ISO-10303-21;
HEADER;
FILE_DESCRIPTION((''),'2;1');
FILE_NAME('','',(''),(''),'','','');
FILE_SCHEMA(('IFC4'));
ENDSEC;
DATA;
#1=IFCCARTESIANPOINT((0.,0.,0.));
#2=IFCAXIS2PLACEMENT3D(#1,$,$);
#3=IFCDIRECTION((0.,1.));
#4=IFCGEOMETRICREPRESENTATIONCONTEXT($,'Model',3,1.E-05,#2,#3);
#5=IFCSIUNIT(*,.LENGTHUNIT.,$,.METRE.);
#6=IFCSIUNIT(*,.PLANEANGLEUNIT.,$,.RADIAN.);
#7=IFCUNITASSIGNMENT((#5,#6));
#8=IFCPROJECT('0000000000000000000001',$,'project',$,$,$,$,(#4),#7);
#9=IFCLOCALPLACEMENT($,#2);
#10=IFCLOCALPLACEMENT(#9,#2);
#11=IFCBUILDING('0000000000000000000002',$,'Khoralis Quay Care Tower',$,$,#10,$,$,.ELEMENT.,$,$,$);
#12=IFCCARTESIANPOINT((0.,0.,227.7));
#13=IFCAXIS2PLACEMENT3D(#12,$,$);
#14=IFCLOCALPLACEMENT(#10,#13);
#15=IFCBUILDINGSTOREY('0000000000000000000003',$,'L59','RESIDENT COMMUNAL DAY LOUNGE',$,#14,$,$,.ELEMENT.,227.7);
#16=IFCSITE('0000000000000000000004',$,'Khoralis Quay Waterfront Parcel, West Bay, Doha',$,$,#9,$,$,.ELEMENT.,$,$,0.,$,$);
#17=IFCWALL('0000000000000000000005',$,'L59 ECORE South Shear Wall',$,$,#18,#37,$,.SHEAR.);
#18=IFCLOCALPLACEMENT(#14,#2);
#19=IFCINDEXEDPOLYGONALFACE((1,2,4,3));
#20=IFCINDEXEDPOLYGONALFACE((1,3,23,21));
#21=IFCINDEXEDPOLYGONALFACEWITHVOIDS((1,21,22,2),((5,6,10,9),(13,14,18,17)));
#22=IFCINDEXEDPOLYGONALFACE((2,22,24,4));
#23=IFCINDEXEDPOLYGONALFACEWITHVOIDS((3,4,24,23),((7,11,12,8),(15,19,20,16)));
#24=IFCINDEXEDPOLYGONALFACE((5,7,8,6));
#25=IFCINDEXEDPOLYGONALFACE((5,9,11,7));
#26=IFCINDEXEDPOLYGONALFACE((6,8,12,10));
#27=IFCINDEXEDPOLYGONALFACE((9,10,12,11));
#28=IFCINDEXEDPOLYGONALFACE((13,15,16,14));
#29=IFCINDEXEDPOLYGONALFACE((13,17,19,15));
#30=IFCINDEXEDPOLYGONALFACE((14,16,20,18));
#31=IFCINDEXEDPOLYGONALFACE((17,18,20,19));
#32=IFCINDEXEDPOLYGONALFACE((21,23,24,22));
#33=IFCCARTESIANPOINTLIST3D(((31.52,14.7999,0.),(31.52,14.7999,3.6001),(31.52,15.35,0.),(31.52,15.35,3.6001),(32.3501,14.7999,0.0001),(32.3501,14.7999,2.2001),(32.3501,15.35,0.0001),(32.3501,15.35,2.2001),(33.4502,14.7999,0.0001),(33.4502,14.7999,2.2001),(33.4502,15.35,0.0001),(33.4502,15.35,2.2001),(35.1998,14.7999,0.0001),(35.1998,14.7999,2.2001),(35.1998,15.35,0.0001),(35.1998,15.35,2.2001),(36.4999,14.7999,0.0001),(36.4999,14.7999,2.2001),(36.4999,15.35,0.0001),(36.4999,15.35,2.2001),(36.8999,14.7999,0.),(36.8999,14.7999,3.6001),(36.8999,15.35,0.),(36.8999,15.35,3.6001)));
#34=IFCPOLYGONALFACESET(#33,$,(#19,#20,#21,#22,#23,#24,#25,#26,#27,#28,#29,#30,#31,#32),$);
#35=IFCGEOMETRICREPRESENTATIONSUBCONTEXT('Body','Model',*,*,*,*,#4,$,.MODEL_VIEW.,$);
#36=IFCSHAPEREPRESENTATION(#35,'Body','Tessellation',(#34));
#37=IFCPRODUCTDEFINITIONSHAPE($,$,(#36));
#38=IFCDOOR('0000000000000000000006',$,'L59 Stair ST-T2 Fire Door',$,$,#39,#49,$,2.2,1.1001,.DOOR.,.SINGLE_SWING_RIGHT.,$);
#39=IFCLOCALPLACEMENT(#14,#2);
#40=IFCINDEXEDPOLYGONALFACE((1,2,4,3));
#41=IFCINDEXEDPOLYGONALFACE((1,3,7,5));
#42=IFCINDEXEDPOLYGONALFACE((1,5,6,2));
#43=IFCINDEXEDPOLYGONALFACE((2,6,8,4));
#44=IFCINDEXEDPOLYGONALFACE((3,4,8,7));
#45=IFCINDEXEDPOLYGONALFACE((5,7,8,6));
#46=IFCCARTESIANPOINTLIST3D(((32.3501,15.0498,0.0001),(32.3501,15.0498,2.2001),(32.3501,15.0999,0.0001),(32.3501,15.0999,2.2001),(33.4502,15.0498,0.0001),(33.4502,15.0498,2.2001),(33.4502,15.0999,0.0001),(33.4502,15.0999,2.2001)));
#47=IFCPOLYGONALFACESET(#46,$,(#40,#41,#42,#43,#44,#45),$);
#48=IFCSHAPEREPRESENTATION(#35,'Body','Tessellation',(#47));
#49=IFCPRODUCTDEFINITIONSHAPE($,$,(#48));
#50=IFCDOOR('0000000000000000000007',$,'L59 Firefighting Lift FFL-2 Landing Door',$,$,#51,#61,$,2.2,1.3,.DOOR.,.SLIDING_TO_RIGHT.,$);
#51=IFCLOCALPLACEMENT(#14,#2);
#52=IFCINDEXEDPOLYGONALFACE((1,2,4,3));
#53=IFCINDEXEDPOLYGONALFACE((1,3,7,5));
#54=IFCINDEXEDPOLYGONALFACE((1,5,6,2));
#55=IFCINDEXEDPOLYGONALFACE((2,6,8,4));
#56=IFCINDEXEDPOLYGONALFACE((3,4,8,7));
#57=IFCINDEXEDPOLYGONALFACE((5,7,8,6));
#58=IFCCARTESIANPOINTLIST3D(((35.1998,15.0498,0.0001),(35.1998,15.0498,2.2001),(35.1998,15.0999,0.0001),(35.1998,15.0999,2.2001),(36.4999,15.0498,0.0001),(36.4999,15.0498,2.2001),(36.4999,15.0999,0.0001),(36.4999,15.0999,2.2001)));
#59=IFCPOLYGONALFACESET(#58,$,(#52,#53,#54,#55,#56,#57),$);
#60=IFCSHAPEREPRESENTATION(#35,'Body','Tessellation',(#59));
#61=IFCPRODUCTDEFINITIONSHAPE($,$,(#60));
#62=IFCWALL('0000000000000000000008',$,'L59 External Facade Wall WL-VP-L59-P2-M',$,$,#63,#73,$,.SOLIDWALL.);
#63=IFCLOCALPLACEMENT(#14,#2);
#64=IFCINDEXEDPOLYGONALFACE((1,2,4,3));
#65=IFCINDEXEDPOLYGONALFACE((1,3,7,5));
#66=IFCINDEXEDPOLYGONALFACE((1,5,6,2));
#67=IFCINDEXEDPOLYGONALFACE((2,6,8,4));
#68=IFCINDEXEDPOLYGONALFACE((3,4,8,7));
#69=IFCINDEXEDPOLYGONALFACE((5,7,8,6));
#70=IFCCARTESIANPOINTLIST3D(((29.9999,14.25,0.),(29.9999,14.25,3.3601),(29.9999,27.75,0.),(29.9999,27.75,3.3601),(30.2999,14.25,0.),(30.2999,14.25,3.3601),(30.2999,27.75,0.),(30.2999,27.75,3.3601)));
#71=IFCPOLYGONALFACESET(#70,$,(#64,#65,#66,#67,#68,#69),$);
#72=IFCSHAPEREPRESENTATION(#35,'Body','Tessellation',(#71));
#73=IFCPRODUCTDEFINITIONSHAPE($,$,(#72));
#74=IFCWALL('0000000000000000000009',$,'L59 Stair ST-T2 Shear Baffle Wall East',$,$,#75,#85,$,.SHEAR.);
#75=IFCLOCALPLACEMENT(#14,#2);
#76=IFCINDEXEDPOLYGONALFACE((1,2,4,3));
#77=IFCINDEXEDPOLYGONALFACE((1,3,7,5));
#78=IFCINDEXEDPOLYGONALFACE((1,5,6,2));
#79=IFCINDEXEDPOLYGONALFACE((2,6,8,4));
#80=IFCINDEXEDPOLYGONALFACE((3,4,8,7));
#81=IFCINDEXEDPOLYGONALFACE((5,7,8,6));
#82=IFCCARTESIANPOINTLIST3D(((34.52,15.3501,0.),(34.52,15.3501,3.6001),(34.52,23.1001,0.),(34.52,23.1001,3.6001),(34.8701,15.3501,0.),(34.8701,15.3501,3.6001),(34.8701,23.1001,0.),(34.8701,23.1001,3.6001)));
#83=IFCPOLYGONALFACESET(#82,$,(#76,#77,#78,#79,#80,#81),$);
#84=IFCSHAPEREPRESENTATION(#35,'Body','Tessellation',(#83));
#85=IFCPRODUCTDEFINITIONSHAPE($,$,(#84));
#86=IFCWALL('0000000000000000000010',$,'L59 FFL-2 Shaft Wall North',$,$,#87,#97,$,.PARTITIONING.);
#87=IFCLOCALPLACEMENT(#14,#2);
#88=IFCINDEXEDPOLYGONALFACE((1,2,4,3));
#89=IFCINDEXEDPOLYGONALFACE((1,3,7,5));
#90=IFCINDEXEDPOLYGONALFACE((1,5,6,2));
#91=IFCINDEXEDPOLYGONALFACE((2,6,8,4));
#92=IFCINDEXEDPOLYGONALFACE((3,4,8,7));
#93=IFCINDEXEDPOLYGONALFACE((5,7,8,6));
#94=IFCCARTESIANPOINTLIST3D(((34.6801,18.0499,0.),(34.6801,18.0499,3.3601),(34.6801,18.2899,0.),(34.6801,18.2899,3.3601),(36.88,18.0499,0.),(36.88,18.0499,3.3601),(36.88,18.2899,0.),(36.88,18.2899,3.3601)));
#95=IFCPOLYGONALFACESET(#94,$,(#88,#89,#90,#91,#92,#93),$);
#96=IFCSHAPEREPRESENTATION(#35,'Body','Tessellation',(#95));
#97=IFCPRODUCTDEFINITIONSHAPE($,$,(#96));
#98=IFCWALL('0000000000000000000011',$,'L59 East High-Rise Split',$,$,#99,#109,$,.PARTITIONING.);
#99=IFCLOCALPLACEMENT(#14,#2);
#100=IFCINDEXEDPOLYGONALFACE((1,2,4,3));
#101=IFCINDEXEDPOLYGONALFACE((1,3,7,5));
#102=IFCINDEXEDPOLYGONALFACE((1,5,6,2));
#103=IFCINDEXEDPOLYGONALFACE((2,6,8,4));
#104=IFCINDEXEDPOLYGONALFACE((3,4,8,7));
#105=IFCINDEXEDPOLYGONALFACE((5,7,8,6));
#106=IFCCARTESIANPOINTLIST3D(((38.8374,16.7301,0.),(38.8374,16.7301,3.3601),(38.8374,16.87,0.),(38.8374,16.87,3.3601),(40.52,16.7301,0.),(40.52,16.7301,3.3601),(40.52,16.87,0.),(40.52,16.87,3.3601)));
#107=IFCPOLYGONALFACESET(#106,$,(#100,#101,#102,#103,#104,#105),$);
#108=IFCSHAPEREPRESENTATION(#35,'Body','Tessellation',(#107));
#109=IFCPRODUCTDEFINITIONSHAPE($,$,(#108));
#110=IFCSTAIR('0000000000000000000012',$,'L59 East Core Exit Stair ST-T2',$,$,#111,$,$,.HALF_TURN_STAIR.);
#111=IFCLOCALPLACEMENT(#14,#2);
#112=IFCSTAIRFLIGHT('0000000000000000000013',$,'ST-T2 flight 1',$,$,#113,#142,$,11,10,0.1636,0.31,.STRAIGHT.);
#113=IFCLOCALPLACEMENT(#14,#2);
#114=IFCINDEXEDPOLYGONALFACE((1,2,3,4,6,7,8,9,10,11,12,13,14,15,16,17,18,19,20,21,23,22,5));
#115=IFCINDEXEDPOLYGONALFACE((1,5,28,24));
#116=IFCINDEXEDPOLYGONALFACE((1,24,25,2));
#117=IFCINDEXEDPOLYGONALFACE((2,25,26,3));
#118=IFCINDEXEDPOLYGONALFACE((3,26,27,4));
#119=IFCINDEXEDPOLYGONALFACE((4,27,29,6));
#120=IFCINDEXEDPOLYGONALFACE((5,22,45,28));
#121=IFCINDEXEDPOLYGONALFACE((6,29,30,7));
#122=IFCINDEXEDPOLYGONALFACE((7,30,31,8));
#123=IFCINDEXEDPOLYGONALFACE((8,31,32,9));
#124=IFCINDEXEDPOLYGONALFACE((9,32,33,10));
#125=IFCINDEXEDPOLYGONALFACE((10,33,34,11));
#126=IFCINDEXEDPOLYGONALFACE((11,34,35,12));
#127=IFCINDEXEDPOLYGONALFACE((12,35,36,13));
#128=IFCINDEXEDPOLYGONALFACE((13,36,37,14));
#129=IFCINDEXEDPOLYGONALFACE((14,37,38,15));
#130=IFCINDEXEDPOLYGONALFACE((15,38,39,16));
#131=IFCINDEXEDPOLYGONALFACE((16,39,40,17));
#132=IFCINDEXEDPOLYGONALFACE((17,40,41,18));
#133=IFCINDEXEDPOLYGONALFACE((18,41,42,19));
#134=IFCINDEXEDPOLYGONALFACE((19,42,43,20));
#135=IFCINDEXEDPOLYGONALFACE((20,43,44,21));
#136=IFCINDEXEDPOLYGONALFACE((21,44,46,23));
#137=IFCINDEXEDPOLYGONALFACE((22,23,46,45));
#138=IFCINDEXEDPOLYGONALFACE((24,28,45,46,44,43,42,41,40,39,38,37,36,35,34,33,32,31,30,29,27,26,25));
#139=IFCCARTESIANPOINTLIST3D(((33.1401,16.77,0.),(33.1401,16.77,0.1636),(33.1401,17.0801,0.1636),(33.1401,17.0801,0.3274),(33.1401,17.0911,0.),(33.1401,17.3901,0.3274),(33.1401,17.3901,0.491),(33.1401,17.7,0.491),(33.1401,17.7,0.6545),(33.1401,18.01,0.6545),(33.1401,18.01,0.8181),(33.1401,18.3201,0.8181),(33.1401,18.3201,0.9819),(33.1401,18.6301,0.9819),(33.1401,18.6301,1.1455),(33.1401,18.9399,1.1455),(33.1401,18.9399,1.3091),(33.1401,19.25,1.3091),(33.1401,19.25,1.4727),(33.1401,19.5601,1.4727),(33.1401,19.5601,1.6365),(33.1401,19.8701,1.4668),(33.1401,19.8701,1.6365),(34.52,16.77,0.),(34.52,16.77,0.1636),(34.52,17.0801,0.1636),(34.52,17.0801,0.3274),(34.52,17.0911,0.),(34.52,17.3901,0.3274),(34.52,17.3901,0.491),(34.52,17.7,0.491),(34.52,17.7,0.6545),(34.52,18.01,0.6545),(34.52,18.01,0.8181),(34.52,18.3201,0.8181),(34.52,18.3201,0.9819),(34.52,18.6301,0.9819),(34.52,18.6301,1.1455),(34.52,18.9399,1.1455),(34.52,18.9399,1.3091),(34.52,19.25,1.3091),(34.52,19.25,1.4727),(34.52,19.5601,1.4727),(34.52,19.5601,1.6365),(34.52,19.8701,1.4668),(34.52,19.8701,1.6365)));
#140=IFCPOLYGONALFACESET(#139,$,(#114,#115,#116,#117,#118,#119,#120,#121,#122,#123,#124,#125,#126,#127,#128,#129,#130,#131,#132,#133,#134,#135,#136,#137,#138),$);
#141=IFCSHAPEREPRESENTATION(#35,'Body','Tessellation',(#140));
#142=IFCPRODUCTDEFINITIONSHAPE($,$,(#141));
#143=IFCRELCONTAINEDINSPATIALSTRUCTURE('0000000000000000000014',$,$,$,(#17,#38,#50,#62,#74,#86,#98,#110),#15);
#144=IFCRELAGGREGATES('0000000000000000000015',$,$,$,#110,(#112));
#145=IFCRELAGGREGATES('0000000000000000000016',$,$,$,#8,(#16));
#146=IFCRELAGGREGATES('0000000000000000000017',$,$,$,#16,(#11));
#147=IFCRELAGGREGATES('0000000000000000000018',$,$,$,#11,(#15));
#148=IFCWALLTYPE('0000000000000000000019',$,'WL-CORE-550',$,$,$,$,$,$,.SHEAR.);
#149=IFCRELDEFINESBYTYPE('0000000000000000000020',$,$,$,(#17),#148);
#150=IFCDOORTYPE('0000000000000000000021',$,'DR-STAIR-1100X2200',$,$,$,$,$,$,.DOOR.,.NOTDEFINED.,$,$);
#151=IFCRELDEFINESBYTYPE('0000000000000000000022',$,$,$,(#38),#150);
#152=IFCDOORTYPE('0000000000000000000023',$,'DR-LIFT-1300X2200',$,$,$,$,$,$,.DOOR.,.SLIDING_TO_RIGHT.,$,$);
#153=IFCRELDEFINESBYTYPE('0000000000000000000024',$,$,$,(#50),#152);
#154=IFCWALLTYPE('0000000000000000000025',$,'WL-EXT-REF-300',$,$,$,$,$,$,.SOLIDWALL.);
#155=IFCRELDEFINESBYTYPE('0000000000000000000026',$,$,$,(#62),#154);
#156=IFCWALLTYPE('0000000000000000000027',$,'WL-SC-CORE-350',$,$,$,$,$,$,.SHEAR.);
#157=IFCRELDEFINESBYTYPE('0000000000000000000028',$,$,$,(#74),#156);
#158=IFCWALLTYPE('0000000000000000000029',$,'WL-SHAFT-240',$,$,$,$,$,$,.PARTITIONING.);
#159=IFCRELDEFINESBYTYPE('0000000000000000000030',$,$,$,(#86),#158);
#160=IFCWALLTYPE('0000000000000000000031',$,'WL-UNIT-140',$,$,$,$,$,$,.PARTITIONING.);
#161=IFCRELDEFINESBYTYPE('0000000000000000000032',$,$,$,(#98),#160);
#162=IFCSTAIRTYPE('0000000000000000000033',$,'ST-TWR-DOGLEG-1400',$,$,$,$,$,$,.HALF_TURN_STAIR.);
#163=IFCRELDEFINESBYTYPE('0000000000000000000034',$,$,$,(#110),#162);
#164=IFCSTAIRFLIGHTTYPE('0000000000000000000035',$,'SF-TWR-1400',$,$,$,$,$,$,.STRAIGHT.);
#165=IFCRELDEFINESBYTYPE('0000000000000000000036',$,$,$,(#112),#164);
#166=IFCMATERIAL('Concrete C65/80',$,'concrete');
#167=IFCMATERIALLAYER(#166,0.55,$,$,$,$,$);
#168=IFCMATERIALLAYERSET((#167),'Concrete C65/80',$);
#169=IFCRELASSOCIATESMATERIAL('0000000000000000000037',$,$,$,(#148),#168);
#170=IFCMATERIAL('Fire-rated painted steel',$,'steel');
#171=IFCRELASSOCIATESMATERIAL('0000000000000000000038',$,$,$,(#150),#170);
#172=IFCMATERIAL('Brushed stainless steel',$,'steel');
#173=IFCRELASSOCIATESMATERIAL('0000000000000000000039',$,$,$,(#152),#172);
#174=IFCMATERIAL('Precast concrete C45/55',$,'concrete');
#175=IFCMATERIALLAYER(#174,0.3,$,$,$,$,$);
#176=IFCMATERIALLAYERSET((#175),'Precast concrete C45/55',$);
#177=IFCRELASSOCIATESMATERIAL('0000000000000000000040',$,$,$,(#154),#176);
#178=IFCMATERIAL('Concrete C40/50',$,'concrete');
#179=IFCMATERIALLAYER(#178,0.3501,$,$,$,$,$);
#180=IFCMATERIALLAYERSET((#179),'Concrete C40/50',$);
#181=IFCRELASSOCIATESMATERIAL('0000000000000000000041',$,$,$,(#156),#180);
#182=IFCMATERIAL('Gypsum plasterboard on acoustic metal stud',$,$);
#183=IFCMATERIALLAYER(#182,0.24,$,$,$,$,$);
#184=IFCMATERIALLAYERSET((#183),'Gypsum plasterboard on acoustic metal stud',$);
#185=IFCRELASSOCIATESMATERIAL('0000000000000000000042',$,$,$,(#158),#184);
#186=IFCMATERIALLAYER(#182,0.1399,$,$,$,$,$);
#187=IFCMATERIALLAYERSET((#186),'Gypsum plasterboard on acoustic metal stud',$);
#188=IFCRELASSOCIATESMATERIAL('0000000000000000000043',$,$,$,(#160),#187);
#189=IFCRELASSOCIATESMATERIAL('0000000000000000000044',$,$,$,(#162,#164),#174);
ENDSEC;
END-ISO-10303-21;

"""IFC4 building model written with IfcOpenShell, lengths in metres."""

from ifc_helpers import new_model, si_unit, direction, frame, frame_2d, origin, place, context, subcontext, project, spatial, polyline, rectangle, outline, extrude, source, transform, mapped, material, layer, layer_set, type_object, element, fill, aggregate, save


model = new_model("IFC4")

# Units and contexts
model_context = context("Model", 3, precision=1e-05, world=origin(), true_north=direction((0.0, 1.0)))
body_context = subcontext(model_context, "Body", "Model", "MODEL_VIEW")
ifc_project = project(units=[si_unit("LENGTHUNIT", "METRE"), si_unit("PLANEANGLEUNIT", "RADIAN")], contexts=[model_context])

# Site, building, storey
site_placement = place(None, origin())
site = spatial("IfcSite", under=ifc_project, at=site_placement, Name="Khoralis Quay Waterfront Parcel, West Bay, Doha", CompositionType="ELEMENT", RefElevation=0.0)
building_placement = place(site_placement, origin())
building = spatial("IfcBuilding", under=site, at=building_placement, Name="Khoralis Quay Care Tower", CompositionType="ELEMENT")
storey_placement = place(building_placement, frame((0.0, 0.0, 227.7)))
storey = spatial("IfcBuildingStorey", under=building, at=storey_placement, Name="L59", Description="RESIDENT COMMUNAL DAY LOUNGE", CompositionType="ELEMENT", Elevation=227.7)

# Shared definitions
ifc_material_1 = material(Name="Concrete C65/80", Category="concrete")
ifc_layer_1 = layer(ifc_material_1, 0.55)
ifc_layer_set_1 = layer_set([ifc_layer_1], Name="Concrete C65/80")
wall_type_1 = type_object("IfcWallType", Name="WL-CORE-550", PredefinedType="SHEAR", material=ifc_layer_set_1)

# Shared definitions
ifc_material_2 = material(Name="Fire-rated painted steel", Category="steel")
door_type_1 = type_object("IfcDoorType", Name="DR-STAIR-1100X2200", OperationType="NOTDEFINED", PredefinedType="DOOR", material=ifc_material_2)
shared_shape_1 = source(origin(), body_context, "Body", "SweptSolid", [
    extrude(rectangle(XDim=1.1001, YDim=2.2, at=frame_2d((0.55, 1.1001))), frame((0.0, 0.0249, 0.0), z_axis=(0.0, -1.0, 0.0), x_axis=(1.0, 0.0, 0.0)), (0.0, 0.0, 1.0), 0.05),
])

# Wall, openings, doors
wall_1_placement = place(storey_placement, frame((31.52, 15.075, 0.0), z_axis=(0.0, 0.0, 1.0), x_axis=(1.0, 0.0, 0.0)))
wall_1 = element("IfcWall", 1, at=wall_1_placement, inside=storey, type_object=wall_type_1, Name="L59 ECORE South Shear Wall", PredefinedType="SHEAR", context=body_context, shape_type="SweptSolid", body=[
    extrude(rectangle(XDim=5.3799, YDim=0.55, at=frame_2d((2.6899, 0.0))), origin(), (0.0, 0.0, 1.0), 3.6001),
])
opening_1_placement = place(wall_1_placement, frame((0.8301, 0.0, 0.0)))
opening_1 = element("IfcOpeningElement", 2, at=opening_1_placement, cuts=wall_1, PredefinedType="OPENING", context=body_context, shape_type="SweptSolid", body=[
    extrude(rectangle(XDim=1.1001, YDim=2.2, at=frame_2d((0.55, 1.1001))), frame((0.0, 0.2852, 0.0), z_axis=(0.0, -1.0, 0.0), x_axis=(1.0, 0.0, 0.0)), (0.0, 0.0, 1.0), 0.5701),
])
opening_2_placement = place(wall_1_placement, frame((3.6799, 0.0, 0.0)))
opening_2 = element("IfcOpeningElement", 3, at=opening_2_placement, cuts=wall_1, PredefinedType="OPENING", context=body_context, shape_type="SweptSolid", body=[
    extrude(rectangle(XDim=1.3, YDim=2.2, at=frame_2d((0.6499, 1.1001))), frame((0.0, 0.2852, 0.0), z_axis=(0.0, -1.0, 0.0), x_axis=(1.0, 0.0, 0.0)), (0.0, 0.0, 1.0), 0.5701),
])
door_1_placement = place(opening_1_placement, origin())
door_1 = element("IfcDoor", 4, at=door_1_placement, inside=storey, type_object=door_type_1, Name="L59 Stair ST-T2 Fire Door", OperationType="SINGLE_SWING_RIGHT", OverallHeight=2.2, OverallWidth=1.1001, PredefinedType="DOOR", context=body_context, shape_type="MappedRepresentation", body=[
    mapped(shared_shape_1, transform((0.0, 0.0, 0.0), scale=1.0)),
])
fill(opening_1, door_1)
ifc_material_3 = material(Name="Brushed stainless steel", Category="steel")
door_type_2 = type_object("IfcDoorType", Name="DR-LIFT-1300X2200", OperationType="SLIDING_TO_RIGHT", PredefinedType="DOOR", material=ifc_material_3)
shared_shape_2 = source(origin(), body_context, "Body", "SweptSolid", [
    extrude(rectangle(XDim=1.3, YDim=2.2, at=frame_2d((0.6499, 1.1001))), frame((0.0, 0.0249, 0.0), z_axis=(0.0, -1.0, 0.0), x_axis=(1.0, 0.0, 0.0)), (0.0, 0.0, 1.0), 0.05),
])
door_2_placement = place(opening_2_placement, origin())
door_2 = element("IfcDoor", 5, at=door_2_placement, inside=storey, type_object=door_type_2, Name="L59 Firefighting Lift FFL-2 Landing Door", OperationType="SLIDING_TO_RIGHT", OverallHeight=2.2, OverallWidth=1.3, PredefinedType="DOOR", context=body_context, shape_type="MappedRepresentation", body=[
    mapped(shared_shape_2, transform((0.0, 0.0, 0.0), scale=1.0)),
])
fill(opening_2, door_2)

# Walls
ifc_material_4 = material(Name="Precast concrete C45/55", Category="concrete")
ifc_layer_2 = layer(ifc_material_4, 0.3)
ifc_layer_set_2 = layer_set([ifc_layer_2], Name="Precast concrete C45/55")
wall_type_2 = type_object("IfcWallType", Name="WL-EXT-REF-300", PredefinedType="SOLIDWALL", material=ifc_layer_set_2)
wall_2_placement = place(storey_placement, frame((30.1499, 14.25, 0.0), z_axis=(0.0, 0.0, 1.0), x_axis=(0.0, 1.0, 0.0)))
element("IfcWall", 6, at=wall_2_placement, inside=storey, type_object=wall_type_2, Name="L59 External Facade Wall WL-VP-L59-P2-M", PredefinedType="SOLIDWALL", context=body_context, shape_type="SweptSolid", body=[
    extrude(rectangle(XDim=13.5, YDim=0.3, at=frame_2d((6.75, 0.0))), origin(), (0.0, 0.0, 1.0), 3.3601),
])
ifc_material_5 = material(Name="Concrete C40/50", Category="concrete")
ifc_layer_3 = layer(ifc_material_5, 0.3501)
ifc_layer_set_3 = layer_set([ifc_layer_3], Name="Concrete C40/50")
wall_type_3 = type_object("IfcWallType", Name="WL-SC-CORE-350", PredefinedType="SHEAR", material=ifc_layer_set_3)
wall_3_placement = place(storey_placement, frame((34.6951, 15.3501, 0.0), z_axis=(0.0, 0.0, 1.0), x_axis=(0.0, 1.0, 0.0)))
element("IfcWall", 7, at=wall_3_placement, inside=storey, type_object=wall_type_3, Name="L59 Stair ST-T2 Shear Baffle Wall East", PredefinedType="SHEAR", context=body_context, shape_type="SweptSolid", body=[
    extrude(rectangle(XDim=7.75, YDim=0.3501, at=frame_2d((3.875, 0.0))), origin(), (0.0, 0.0, 1.0), 3.6001),
])
ifc_material_6 = material(Name="Gypsum plasterboard on acoustic metal stud")
ifc_layer_4 = layer(ifc_material_6, 0.24)
ifc_layer_set_4 = layer_set([ifc_layer_4], Name="Gypsum plasterboard on acoustic metal stud")
wall_type_4 = type_object("IfcWallType", Name="WL-SHAFT-240", PredefinedType="PARTITIONING", material=ifc_layer_set_4)
wall_4_placement = place(storey_placement, frame((34.6799, 18.1699, 0.0), z_axis=(0.0, 0.0, 1.0), x_axis=(1.0, 0.0, 0.0)))
element("IfcWall", 8, at=wall_4_placement, inside=storey, type_object=wall_type_4, Name="L59 FFL-2 Shaft Wall North", PredefinedType="PARTITIONING", context=body_context, shape_type="SweptSolid", body=[
    extrude(rectangle(XDim=2.2, YDim=0.24, at=frame_2d((1.1001, 0.0))), origin(), (0.0, 0.0, 1.0), 3.3601),
])
ifc_layer_5 = layer(ifc_material_6, 0.1399)
ifc_layer_set_5 = layer_set([ifc_layer_5], Name="Gypsum plasterboard on acoustic metal stud")
wall_type_5 = type_object("IfcWallType", Name="WL-UNIT-140", PredefinedType="PARTITIONING", material=ifc_layer_set_5)
wall_5_placement = place(storey_placement, frame((38.8374, 16.8, 0.0), z_axis=(0.0, 0.0, 1.0), x_axis=(1.0, 0.0, 0.0)))
element("IfcWall", 9, at=wall_5_placement, inside=storey, type_object=wall_type_5, Name="L59 East High-Rise Split", PredefinedType="PARTITIONING", context=body_context, shape_type="SweptSolid", body=[
    extrude(rectangle(XDim=1.6826, YDim=0.1399, at=frame_2d((0.8413, 0.0))), origin(), (0.0, 0.0, 1.0), 3.3601),
])

# Stair, stair flight
stair_type = type_object("IfcStairType", Name="ST-TWR-DOGLEG-1400", PredefinedType="HALF_TURN_STAIR", material=ifc_material_4)
stair_placement = place(storey_placement, origin())
stair = element("IfcStair", 10, at=stair_placement, inside=storey, type_object=stair_type, Name="L59 East Core Exit Stair ST-T2", PredefinedType="HALF_TURN_STAIR")
stair_flight_type = type_object("IfcStairFlightType", Name="SF-TWR-1400", PredefinedType="STRAIGHT", material=ifc_material_4)
shared_shape_3 = source(origin(), body_context, "Body", "SweptSolid", [
    extrude(outline(polyline([(0.0, 0.0), (0.0, 0.1636), (0.3101, 0.1636), (0.3101, 0.3274), (0.6201, 0.3274), (0.6201, 0.491), (0.9299, 0.491), (0.9299, 0.6545), (1.24, 0.6545), (1.24, 0.8181), (1.55, 0.8181), (1.55, 0.9819), (1.8601, 0.9819), (1.8601, 1.1455), (2.1699, 1.1455), (2.1699, 1.3091), (2.48, 1.3091), (2.48, 1.4727), (2.79, 1.4727), (2.79, 1.6365), (3.1001, 1.6365), (3.1001, 1.8), (3.1001, 1.4668), (0.321, 0.0), (0.0, 0.0)])), frame((0.0, 0.6899, 0.0), z_axis=(0.0, -1.0, 0.0), x_axis=(1.0, 0.0, 0.0)), (0.0, 0.0, 1.0), 1.3799),
])
stair_flight_1_placement = place(storey_placement, frame((33.8301, 16.77, 0.0), z_axis=(0.0, 0.0, 1.0), x_axis=(0.0, 1.0, 0.0)))
stair_flight_1 = element("IfcStairFlight", 11, at=stair_flight_1_placement, type_object=stair_flight_type, Name="ST-T2 flight 1", NumberOfRisers=11, NumberOfTreads=10, PredefinedType="STRAIGHT", RiserHeight=0.1636, TreadLength=0.31, context=body_context, shape_type="MappedRepresentation", body=[
    mapped(shared_shape_3, transform((0.0, 0.0, 0.0), scale=1.0)),
])
aggregate(stair, [stair_flight_1])

save(model, "model.ifc")
